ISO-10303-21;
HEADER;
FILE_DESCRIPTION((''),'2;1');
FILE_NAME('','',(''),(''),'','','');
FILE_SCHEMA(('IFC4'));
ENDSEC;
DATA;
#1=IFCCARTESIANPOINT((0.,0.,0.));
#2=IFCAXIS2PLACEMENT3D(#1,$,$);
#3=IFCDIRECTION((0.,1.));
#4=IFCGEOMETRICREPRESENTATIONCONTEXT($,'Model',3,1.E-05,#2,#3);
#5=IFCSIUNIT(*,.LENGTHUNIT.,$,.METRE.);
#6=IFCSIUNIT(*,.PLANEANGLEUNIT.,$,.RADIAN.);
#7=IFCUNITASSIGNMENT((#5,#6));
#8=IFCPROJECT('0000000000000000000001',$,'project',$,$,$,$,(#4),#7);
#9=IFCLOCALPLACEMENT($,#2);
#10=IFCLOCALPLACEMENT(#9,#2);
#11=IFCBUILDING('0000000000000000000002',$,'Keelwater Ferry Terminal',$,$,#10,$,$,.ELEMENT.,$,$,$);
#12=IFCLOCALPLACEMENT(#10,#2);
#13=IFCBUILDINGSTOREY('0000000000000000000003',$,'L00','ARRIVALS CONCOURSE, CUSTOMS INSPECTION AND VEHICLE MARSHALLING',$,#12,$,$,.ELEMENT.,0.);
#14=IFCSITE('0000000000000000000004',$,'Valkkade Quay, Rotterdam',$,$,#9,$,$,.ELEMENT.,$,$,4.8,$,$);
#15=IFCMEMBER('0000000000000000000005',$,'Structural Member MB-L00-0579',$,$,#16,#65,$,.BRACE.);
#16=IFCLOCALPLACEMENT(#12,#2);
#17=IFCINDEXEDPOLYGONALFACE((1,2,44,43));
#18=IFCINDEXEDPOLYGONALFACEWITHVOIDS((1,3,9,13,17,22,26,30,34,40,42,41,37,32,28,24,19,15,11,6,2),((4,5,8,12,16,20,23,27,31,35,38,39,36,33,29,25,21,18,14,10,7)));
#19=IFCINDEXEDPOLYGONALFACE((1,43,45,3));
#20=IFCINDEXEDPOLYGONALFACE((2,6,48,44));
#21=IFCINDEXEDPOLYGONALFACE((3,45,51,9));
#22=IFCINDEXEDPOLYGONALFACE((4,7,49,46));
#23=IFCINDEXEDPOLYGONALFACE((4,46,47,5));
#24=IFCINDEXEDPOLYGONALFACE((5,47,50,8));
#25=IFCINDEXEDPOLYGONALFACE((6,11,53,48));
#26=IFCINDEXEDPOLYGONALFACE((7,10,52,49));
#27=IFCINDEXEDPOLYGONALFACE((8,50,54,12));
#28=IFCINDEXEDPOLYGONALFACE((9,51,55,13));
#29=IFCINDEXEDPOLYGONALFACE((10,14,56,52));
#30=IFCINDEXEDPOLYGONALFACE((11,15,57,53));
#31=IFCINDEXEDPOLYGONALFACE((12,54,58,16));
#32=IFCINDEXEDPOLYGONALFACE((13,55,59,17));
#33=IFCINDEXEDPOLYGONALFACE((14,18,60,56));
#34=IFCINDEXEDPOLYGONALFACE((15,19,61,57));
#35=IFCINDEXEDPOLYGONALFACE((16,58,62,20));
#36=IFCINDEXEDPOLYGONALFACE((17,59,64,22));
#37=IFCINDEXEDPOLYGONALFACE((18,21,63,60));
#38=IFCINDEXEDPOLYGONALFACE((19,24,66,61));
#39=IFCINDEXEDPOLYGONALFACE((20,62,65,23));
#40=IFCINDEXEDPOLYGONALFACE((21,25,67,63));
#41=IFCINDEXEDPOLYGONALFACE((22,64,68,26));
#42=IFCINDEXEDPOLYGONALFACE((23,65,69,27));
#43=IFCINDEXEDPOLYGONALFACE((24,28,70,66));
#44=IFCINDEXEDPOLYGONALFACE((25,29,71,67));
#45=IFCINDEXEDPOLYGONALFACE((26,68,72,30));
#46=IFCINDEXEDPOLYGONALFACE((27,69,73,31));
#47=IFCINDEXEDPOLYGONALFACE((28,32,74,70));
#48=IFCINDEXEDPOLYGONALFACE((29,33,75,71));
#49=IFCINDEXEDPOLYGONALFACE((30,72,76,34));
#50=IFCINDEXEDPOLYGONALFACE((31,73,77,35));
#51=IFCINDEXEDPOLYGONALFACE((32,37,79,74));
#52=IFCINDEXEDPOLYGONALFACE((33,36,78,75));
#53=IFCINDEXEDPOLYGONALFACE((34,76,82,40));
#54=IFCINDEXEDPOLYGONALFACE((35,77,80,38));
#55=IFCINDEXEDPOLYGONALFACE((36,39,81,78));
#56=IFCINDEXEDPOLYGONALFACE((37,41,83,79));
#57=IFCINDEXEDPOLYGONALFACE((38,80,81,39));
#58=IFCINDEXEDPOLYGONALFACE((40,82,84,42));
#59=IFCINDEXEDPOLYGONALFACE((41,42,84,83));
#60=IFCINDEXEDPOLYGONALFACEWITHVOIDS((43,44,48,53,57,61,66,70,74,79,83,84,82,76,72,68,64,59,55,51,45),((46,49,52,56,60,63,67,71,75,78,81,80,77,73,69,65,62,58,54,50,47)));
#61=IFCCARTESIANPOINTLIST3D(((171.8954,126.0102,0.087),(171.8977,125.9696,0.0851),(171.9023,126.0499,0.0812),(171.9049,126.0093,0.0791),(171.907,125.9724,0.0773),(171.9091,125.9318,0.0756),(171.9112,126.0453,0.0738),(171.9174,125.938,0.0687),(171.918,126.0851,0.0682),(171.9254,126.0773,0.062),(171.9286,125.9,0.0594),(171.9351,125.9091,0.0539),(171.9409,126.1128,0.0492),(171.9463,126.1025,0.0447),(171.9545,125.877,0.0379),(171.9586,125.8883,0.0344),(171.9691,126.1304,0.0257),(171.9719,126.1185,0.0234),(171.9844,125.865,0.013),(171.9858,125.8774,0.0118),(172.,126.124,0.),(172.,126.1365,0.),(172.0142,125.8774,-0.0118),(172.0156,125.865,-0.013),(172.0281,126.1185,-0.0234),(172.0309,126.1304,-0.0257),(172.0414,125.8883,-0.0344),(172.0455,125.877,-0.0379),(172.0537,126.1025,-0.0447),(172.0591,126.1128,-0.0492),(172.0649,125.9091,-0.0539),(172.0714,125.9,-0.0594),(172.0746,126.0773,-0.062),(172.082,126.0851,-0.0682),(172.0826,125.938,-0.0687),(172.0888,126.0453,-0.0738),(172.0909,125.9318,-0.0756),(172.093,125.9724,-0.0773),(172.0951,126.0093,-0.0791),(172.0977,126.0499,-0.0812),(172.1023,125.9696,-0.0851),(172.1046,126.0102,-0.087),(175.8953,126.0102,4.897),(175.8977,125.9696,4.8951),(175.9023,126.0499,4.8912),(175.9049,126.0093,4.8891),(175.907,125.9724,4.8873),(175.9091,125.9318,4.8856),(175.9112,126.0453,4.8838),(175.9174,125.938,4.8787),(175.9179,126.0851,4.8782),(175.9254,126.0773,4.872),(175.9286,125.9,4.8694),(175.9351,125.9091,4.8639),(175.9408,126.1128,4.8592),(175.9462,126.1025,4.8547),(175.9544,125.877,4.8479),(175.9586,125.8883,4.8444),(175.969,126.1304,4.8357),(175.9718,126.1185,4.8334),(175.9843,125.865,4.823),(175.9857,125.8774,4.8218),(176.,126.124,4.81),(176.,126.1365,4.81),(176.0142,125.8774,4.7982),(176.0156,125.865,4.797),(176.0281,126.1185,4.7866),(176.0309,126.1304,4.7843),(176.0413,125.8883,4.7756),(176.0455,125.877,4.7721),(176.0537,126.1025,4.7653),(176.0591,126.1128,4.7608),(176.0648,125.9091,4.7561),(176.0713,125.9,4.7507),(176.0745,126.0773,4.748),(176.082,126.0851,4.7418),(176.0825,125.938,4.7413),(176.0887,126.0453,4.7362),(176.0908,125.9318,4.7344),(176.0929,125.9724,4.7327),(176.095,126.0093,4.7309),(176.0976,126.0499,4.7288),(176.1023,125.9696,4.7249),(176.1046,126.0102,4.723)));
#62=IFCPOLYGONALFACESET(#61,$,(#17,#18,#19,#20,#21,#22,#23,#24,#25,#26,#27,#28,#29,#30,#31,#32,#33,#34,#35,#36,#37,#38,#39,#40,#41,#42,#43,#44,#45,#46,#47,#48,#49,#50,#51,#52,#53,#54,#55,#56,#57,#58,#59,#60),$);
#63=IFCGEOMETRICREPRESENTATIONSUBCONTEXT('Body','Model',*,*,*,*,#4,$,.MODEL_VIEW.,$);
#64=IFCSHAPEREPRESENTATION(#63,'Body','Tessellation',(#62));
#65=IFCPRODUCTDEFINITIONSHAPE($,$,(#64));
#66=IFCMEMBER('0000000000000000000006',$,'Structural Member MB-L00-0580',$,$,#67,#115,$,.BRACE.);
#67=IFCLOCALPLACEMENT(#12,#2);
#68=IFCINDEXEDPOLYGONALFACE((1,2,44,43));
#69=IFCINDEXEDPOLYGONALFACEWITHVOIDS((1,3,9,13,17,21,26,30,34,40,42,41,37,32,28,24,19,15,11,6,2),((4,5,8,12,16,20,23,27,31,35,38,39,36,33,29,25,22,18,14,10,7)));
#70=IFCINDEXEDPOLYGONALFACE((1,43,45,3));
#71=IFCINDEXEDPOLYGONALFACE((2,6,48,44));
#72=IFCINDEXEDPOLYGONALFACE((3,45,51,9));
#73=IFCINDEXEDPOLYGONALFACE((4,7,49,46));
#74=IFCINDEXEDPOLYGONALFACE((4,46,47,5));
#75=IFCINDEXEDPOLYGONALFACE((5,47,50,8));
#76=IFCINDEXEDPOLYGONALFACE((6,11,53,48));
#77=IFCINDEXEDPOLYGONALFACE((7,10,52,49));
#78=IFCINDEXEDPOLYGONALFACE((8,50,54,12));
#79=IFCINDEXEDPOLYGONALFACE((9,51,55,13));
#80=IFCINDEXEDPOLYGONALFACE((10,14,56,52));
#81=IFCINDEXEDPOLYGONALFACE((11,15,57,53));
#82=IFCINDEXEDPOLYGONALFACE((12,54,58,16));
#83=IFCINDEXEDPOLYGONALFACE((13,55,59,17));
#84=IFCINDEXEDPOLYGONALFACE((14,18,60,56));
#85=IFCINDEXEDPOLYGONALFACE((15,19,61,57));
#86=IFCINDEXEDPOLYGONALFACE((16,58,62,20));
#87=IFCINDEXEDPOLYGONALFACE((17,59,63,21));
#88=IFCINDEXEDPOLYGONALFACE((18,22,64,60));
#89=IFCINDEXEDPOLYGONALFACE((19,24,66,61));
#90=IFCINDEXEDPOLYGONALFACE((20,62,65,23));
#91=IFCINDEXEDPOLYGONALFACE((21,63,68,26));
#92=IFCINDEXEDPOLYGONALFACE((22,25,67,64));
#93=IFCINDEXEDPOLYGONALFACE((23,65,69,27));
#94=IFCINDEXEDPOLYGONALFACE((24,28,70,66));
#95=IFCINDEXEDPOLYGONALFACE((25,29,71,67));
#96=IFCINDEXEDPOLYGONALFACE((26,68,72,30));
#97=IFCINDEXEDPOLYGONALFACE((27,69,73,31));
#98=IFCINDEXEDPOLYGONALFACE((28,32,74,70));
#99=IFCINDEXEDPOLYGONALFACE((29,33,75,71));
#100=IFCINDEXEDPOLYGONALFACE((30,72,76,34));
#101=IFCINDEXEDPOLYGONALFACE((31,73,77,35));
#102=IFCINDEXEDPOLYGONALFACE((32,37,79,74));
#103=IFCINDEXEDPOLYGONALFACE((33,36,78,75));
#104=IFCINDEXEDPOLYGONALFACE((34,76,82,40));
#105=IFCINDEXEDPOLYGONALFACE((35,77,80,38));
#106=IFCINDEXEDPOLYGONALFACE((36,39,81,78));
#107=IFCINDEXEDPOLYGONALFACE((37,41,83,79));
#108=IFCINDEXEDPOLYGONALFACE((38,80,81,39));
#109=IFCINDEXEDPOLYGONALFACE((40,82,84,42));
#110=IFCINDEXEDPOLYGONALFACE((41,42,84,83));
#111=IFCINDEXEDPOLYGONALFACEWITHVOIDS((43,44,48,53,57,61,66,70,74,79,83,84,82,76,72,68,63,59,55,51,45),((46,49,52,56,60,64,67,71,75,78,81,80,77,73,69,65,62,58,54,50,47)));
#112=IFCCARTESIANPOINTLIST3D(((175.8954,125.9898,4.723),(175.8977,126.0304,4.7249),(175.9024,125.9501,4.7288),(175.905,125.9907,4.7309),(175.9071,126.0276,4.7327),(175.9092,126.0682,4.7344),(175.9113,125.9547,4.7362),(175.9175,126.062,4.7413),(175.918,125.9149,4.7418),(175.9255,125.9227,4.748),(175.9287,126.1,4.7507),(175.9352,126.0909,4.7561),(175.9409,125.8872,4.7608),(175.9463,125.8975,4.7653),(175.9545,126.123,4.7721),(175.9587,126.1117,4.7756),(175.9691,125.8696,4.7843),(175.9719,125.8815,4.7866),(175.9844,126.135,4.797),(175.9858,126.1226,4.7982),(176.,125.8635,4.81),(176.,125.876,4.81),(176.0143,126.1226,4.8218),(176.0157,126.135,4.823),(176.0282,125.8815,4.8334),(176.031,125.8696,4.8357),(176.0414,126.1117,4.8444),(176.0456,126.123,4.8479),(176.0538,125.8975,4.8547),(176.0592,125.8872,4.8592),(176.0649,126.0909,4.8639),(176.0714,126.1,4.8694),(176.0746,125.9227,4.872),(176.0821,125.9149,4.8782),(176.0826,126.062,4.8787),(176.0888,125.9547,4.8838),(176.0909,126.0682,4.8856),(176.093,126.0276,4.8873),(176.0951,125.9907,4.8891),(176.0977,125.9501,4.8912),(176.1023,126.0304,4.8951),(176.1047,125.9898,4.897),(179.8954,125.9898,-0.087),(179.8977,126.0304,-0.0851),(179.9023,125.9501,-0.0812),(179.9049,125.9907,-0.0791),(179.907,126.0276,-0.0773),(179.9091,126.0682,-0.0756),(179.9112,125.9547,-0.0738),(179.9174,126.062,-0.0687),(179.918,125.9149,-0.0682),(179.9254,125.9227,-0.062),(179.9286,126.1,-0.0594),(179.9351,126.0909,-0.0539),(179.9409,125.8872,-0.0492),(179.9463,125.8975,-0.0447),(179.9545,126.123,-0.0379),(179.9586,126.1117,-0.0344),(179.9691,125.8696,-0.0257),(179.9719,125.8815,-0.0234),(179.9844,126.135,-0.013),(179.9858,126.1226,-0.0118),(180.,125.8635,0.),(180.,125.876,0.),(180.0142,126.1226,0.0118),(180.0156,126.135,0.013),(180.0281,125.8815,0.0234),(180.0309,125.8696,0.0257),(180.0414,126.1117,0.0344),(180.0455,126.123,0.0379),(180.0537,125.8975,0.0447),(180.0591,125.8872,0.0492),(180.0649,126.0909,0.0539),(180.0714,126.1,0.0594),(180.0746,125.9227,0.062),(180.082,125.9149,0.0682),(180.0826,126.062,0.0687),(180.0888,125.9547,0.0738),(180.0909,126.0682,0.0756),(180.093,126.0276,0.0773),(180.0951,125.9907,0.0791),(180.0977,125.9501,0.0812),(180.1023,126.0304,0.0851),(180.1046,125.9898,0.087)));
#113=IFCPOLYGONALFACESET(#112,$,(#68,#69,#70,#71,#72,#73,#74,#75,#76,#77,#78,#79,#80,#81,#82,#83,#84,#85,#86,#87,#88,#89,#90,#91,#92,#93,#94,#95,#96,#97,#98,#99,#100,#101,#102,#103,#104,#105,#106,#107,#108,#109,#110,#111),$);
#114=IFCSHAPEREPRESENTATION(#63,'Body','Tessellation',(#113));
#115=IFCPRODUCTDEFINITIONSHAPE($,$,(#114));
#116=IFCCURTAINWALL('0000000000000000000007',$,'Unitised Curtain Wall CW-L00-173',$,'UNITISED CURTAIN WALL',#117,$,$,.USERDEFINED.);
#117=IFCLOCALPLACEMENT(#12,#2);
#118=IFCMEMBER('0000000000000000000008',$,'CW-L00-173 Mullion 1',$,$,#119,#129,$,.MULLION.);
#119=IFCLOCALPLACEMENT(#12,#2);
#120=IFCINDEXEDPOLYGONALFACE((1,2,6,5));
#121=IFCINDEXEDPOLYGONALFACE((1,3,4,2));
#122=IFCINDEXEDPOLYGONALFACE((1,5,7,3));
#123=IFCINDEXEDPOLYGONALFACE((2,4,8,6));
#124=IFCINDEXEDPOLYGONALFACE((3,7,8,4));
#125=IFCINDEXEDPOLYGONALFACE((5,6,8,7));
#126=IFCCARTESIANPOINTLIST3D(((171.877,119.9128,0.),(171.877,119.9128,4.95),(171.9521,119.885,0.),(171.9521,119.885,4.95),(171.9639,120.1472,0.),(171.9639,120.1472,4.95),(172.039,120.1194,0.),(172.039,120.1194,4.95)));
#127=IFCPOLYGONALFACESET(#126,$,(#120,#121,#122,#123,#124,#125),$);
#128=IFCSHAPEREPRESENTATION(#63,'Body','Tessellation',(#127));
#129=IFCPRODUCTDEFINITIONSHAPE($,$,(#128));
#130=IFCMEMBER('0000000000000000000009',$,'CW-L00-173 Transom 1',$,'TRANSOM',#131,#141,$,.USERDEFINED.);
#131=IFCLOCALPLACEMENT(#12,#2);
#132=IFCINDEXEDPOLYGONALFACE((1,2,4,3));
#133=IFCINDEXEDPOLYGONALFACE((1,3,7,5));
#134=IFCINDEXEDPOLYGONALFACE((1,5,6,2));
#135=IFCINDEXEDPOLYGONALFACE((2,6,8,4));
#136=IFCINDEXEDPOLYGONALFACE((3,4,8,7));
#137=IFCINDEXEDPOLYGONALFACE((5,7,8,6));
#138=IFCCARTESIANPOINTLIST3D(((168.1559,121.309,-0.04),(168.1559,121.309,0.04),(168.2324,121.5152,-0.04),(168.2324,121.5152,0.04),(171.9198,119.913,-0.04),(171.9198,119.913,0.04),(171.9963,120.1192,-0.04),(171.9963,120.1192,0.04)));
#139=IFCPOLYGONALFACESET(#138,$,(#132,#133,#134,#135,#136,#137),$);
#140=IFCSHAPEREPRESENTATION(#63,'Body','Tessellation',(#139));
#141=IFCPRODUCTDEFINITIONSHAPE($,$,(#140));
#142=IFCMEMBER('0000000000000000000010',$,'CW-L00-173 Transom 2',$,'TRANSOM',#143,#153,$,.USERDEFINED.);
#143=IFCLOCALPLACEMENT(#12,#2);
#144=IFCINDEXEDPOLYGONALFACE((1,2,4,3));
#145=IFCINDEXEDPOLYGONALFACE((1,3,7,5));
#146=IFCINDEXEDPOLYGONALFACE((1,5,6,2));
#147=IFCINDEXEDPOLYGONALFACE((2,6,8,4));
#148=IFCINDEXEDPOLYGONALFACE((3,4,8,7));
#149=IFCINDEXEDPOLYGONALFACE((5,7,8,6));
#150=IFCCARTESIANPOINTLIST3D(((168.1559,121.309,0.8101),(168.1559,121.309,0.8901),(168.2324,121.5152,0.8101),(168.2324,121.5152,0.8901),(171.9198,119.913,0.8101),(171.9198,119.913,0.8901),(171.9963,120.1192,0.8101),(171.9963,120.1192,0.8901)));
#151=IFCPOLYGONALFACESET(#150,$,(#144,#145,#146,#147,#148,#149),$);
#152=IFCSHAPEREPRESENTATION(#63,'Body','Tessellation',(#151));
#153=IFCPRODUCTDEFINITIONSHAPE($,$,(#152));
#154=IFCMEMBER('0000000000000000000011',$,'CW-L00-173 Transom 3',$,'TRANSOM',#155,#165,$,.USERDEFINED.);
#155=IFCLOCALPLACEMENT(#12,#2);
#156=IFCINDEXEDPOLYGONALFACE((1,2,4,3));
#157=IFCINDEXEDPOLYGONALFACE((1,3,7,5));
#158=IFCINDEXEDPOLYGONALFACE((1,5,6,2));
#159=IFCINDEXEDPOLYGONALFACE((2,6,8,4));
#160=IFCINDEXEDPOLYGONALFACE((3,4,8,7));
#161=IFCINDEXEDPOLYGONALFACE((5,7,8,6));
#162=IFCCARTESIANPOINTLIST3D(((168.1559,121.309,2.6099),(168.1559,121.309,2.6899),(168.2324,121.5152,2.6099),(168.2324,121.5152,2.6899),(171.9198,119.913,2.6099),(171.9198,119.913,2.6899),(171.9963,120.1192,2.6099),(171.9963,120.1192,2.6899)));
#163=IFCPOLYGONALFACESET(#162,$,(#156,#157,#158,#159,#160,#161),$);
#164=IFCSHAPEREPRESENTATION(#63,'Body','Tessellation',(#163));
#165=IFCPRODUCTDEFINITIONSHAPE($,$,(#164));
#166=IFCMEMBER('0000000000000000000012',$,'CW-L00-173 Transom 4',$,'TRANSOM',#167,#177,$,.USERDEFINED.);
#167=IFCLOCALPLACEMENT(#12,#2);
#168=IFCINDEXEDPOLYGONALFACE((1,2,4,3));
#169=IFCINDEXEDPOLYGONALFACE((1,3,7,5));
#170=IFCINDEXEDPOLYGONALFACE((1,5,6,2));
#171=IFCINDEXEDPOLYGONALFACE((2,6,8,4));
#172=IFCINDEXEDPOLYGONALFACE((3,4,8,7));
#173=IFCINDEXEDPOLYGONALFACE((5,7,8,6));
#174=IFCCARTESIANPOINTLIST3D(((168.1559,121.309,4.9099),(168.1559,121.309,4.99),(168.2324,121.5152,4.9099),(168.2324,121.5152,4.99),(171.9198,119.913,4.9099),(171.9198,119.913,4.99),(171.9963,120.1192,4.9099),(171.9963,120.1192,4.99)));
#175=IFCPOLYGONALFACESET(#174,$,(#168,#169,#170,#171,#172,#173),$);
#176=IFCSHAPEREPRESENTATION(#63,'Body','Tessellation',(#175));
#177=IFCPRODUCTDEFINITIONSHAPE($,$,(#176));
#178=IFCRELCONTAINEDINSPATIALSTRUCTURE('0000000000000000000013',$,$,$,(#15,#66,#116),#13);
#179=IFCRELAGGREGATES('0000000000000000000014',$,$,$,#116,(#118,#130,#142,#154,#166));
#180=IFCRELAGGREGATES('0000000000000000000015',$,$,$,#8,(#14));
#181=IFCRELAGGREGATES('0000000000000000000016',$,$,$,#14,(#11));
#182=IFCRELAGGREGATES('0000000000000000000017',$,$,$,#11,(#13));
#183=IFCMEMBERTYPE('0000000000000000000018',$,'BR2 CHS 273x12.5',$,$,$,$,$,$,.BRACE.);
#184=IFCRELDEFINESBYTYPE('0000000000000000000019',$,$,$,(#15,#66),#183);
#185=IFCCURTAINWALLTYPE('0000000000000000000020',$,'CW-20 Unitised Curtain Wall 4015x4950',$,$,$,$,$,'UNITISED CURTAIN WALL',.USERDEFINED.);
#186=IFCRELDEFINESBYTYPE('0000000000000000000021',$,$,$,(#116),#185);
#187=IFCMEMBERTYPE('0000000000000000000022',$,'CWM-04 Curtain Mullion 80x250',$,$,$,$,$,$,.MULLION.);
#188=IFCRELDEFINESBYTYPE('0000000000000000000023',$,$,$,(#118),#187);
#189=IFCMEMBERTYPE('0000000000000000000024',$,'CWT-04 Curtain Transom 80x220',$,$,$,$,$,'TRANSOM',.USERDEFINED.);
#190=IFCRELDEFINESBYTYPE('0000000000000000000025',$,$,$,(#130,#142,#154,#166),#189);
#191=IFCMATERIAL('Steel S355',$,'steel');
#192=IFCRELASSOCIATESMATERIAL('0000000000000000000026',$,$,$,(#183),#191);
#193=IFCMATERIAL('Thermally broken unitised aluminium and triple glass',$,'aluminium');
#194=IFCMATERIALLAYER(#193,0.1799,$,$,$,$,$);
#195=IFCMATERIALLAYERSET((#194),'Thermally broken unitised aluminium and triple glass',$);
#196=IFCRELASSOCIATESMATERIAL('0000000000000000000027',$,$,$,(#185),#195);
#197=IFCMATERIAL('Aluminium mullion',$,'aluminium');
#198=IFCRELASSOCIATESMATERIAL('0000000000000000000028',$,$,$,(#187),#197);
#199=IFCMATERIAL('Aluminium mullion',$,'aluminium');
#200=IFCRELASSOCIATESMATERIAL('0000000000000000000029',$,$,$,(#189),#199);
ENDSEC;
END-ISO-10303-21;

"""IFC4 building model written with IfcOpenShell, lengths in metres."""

from ifc_helpers import new_model, si_unit, direction, frame, origin, origin_2d, place, context, subcontext, project, spatial, rectangle, hollow_circle, extrude, material, layer, layer_set, material_profile, profile_set, type_object, element, aggregate, save


model = new_model("IFC4")

# Units and contexts
model_context = context("Model", 3, precision=1e-05, world=origin(), true_north=direction((0.0, 1.0)))
body_context = subcontext(model_context, "Body", "Model", "MODEL_VIEW")
ifc_project = project(units=[si_unit("LENGTHUNIT", "METRE"), si_unit("PLANEANGLEUNIT", "RADIAN")], contexts=[model_context])

# Site, building, storey
site_placement = place(None, origin())
site = spatial("IfcSite", under=ifc_project, at=site_placement, Name="Valkkade Quay, Rotterdam", CompositionType="ELEMENT", RefElevation=4.8)
building_placement = place(site_placement, origin())
building = spatial("IfcBuilding", under=site, at=building_placement, Name="Keelwater Ferry Terminal", CompositionType="ELEMENT")
storey_placement = place(building_placement, origin())
storey = spatial("IfcBuildingStorey", under=building, at=storey_placement, Name="L00", Description="ARRIVALS CONCOURSE, CUSTOMS INSPECTION AND VEHICLE MARSHALLING", CompositionType="ELEMENT", Elevation=0.0)

# Members
ifc_material_1 = material(Name="Steel S355", Category="steel")
ifc_material_profile_1 = material_profile(ifc_material_1, hollow_circle(Radius=0.1365, WallThickness=0.0125, at=origin_2d()), Name="CHS 273x12.5")
ifc_profile_set_1 = profile_set([ifc_material_profile_1], Name="Steel S355")
member_type_1 = type_object("IfcMemberType", Name="BR2 CHS 273x12.5", PredefinedType="BRACE", material=ifc_profile_set_1)
for number, where, z_axis, x_axis, name in (
    (1, (172.0, 126.0, 0.0), (0.639393, 0.0, 0.76888), (0.0, 1.0, 0.0), "Structural Member MB-L00-0579"),
    (2, (180.0, 126.0, 0.0), (-0.639393, 0.0, 0.76888), (0.0, -1.0, 0.0), "Structural Member MB-L00-0580"),
):
    element("IfcMember", number, at=place(storey_placement, frame(where, z_axis=z_axis, x_axis=x_axis)), inside=storey, type_object=member_type_1, Name=name, PredefinedType="BRACE", context=body_context, shape_type="SweptSolid", body=[
        extrude(hollow_circle(Radius=0.1365, WallThickness=0.0125, at=origin_2d()), origin(), (0.0, 0.0, 1.0), 6.2559),
    ])

# Curtain wall, members
ifc_material_2 = material(Name="Thermally broken unitised aluminium and triple glass", Category="aluminium")
ifc_layer_1 = layer(ifc_material_2, 0.1799)
ifc_layer_set_1 = layer_set([ifc_layer_1], Name="Thermally broken unitised aluminium and triple glass")
curtain_wall_type = type_object("IfcCurtainWallType", Name="CW-20 Unitised Curtain Wall 4015x4950", ElementType="UNITISED CURTAIN WALL", PredefinedType="USERDEFINED", material=ifc_layer_set_1)
curtain_wall_placement = place(storey_placement, origin())
curtain_wall = element("IfcCurtainWall", 3, at=curtain_wall_placement, inside=storey, type_object=curtain_wall_type, Name="Unitised Curtain Wall CW-L00-173", ObjectType="UNITISED CURTAIN WALL", PredefinedType="USERDEFINED")
ifc_material_3 = material(Name="Aluminium mullion", Category="aluminium")
ifc_material_profile_2 = material_profile(ifc_material_3, rectangle(XDim=0.0801, YDim=0.25, at=origin_2d()), Name="CWM-04")
ifc_profile_set_2 = profile_set([ifc_material_profile_2], Name="Aluminium mullion")
member_type_2 = type_object("IfcMemberType", Name="CWM-04 Curtain Mullion 80x250", PredefinedType="MULLION", material=ifc_profile_set_2)
member_1_placement = place(storey_placement, frame((171.958, 120.0161, 0.0), z_axis=(0.0, 0.0, 1.0), x_axis=(-0.937592, 0.347736, 0.0)))
member_1 = element("IfcMember", 4, at=member_1_placement, type_object=member_type_2, Name="CW-L00-173 Mullion 1", PredefinedType="MULLION", context=body_context, shape_type="SweptSolid", body=[
    extrude(rectangle(XDim=0.0801, YDim=0.25, at=origin_2d()), origin(), (0.0, 0.0, 1.0), 4.95),
])
ifc_material_4 = material(Name="Aluminium mullion", Category="aluminium")
ifc_material_profile_3 = material_profile(ifc_material_4, rectangle(XDim=0.22, YDim=0.0801, at=origin_2d()), Name="CWT-04")
ifc_profile_set_3 = profile_set([ifc_material_profile_3], Name="Aluminium mullion")
member_type_3 = type_object("IfcMemberType", Name="CWT-04 Curtain Transom 80x220", ElementType="TRANSOM", PredefinedType="USERDEFINED", material=ifc_profile_set_3)
member_2_placement = place(storey_placement, frame((171.958, 120.0161, 0.0), z_axis=(-0.93759, 0.347742, 0.0), x_axis=(-0.347742, -0.93759, 0.0)))
member_2 = element("IfcMember", 5, at=member_2_placement, type_object=member_type_3, Name="CW-L00-173 Transom 1", ObjectType="TRANSOM", PredefinedType="USERDEFINED", context=body_context, shape_type="SweptSolid", body=[
    extrude(rectangle(XDim=0.22, YDim=0.0801, at=origin_2d()), origin(), (0.0, 0.0, 1.0), 4.0144),
])
member_3_placement = place(storey_placement, frame((171.958, 120.0161, 0.8501), z_axis=(-0.93759, 0.347742, 0.0), x_axis=(-0.347742, -0.93759, 0.0)))
member_3 = element("IfcMember", 6, at=member_3_placement, type_object=member_type_3, Name="CW-L00-173 Transom 2", ObjectType="TRANSOM", PredefinedType="USERDEFINED", context=body_context, shape_type="SweptSolid", body=[
    extrude(rectangle(XDim=0.22, YDim=0.0801, at=origin_2d()), origin(), (0.0, 0.0, 1.0), 4.0144),
])
member_4_placement = place(storey_placement, frame((171.958, 120.0161, 2.6499), z_axis=(-0.93759, 0.347742, 0.0), x_axis=(-0.347742, -0.93759, 0.0)))
member_4 = element("IfcMember", 7, at=member_4_placement, type_object=member_type_3, Name="CW-L00-173 Transom 3", ObjectType="TRANSOM", PredefinedType="USERDEFINED", context=body_context, shape_type="SweptSolid", body=[
    extrude(rectangle(XDim=0.22, YDim=0.0801, at=origin_2d()), origin(), (0.0, 0.0, 1.0), 4.0144),
])
member_5_placement = place(storey_placement, frame((171.958, 120.0161, 4.95), z_axis=(-0.93759, 0.347742, 0.0), x_axis=(-0.347742, -0.93759, 0.0)))
member_5 = element("IfcMember", 8, at=member_5_placement, type_object=member_type_3, Name="CW-L00-173 Transom 4", ObjectType="TRANSOM", PredefinedType="USERDEFINED", context=body_context, shape_type="SweptSolid", body=[
    extrude(rectangle(XDim=0.22, YDim=0.0801, at=origin_2d()), origin(), (0.0, 0.0, 1.0), 4.0144),
])

aggregate(curtain_wall, [member_1, member_2, member_3, member_4, member_5])

save(model, "model.ifc")
